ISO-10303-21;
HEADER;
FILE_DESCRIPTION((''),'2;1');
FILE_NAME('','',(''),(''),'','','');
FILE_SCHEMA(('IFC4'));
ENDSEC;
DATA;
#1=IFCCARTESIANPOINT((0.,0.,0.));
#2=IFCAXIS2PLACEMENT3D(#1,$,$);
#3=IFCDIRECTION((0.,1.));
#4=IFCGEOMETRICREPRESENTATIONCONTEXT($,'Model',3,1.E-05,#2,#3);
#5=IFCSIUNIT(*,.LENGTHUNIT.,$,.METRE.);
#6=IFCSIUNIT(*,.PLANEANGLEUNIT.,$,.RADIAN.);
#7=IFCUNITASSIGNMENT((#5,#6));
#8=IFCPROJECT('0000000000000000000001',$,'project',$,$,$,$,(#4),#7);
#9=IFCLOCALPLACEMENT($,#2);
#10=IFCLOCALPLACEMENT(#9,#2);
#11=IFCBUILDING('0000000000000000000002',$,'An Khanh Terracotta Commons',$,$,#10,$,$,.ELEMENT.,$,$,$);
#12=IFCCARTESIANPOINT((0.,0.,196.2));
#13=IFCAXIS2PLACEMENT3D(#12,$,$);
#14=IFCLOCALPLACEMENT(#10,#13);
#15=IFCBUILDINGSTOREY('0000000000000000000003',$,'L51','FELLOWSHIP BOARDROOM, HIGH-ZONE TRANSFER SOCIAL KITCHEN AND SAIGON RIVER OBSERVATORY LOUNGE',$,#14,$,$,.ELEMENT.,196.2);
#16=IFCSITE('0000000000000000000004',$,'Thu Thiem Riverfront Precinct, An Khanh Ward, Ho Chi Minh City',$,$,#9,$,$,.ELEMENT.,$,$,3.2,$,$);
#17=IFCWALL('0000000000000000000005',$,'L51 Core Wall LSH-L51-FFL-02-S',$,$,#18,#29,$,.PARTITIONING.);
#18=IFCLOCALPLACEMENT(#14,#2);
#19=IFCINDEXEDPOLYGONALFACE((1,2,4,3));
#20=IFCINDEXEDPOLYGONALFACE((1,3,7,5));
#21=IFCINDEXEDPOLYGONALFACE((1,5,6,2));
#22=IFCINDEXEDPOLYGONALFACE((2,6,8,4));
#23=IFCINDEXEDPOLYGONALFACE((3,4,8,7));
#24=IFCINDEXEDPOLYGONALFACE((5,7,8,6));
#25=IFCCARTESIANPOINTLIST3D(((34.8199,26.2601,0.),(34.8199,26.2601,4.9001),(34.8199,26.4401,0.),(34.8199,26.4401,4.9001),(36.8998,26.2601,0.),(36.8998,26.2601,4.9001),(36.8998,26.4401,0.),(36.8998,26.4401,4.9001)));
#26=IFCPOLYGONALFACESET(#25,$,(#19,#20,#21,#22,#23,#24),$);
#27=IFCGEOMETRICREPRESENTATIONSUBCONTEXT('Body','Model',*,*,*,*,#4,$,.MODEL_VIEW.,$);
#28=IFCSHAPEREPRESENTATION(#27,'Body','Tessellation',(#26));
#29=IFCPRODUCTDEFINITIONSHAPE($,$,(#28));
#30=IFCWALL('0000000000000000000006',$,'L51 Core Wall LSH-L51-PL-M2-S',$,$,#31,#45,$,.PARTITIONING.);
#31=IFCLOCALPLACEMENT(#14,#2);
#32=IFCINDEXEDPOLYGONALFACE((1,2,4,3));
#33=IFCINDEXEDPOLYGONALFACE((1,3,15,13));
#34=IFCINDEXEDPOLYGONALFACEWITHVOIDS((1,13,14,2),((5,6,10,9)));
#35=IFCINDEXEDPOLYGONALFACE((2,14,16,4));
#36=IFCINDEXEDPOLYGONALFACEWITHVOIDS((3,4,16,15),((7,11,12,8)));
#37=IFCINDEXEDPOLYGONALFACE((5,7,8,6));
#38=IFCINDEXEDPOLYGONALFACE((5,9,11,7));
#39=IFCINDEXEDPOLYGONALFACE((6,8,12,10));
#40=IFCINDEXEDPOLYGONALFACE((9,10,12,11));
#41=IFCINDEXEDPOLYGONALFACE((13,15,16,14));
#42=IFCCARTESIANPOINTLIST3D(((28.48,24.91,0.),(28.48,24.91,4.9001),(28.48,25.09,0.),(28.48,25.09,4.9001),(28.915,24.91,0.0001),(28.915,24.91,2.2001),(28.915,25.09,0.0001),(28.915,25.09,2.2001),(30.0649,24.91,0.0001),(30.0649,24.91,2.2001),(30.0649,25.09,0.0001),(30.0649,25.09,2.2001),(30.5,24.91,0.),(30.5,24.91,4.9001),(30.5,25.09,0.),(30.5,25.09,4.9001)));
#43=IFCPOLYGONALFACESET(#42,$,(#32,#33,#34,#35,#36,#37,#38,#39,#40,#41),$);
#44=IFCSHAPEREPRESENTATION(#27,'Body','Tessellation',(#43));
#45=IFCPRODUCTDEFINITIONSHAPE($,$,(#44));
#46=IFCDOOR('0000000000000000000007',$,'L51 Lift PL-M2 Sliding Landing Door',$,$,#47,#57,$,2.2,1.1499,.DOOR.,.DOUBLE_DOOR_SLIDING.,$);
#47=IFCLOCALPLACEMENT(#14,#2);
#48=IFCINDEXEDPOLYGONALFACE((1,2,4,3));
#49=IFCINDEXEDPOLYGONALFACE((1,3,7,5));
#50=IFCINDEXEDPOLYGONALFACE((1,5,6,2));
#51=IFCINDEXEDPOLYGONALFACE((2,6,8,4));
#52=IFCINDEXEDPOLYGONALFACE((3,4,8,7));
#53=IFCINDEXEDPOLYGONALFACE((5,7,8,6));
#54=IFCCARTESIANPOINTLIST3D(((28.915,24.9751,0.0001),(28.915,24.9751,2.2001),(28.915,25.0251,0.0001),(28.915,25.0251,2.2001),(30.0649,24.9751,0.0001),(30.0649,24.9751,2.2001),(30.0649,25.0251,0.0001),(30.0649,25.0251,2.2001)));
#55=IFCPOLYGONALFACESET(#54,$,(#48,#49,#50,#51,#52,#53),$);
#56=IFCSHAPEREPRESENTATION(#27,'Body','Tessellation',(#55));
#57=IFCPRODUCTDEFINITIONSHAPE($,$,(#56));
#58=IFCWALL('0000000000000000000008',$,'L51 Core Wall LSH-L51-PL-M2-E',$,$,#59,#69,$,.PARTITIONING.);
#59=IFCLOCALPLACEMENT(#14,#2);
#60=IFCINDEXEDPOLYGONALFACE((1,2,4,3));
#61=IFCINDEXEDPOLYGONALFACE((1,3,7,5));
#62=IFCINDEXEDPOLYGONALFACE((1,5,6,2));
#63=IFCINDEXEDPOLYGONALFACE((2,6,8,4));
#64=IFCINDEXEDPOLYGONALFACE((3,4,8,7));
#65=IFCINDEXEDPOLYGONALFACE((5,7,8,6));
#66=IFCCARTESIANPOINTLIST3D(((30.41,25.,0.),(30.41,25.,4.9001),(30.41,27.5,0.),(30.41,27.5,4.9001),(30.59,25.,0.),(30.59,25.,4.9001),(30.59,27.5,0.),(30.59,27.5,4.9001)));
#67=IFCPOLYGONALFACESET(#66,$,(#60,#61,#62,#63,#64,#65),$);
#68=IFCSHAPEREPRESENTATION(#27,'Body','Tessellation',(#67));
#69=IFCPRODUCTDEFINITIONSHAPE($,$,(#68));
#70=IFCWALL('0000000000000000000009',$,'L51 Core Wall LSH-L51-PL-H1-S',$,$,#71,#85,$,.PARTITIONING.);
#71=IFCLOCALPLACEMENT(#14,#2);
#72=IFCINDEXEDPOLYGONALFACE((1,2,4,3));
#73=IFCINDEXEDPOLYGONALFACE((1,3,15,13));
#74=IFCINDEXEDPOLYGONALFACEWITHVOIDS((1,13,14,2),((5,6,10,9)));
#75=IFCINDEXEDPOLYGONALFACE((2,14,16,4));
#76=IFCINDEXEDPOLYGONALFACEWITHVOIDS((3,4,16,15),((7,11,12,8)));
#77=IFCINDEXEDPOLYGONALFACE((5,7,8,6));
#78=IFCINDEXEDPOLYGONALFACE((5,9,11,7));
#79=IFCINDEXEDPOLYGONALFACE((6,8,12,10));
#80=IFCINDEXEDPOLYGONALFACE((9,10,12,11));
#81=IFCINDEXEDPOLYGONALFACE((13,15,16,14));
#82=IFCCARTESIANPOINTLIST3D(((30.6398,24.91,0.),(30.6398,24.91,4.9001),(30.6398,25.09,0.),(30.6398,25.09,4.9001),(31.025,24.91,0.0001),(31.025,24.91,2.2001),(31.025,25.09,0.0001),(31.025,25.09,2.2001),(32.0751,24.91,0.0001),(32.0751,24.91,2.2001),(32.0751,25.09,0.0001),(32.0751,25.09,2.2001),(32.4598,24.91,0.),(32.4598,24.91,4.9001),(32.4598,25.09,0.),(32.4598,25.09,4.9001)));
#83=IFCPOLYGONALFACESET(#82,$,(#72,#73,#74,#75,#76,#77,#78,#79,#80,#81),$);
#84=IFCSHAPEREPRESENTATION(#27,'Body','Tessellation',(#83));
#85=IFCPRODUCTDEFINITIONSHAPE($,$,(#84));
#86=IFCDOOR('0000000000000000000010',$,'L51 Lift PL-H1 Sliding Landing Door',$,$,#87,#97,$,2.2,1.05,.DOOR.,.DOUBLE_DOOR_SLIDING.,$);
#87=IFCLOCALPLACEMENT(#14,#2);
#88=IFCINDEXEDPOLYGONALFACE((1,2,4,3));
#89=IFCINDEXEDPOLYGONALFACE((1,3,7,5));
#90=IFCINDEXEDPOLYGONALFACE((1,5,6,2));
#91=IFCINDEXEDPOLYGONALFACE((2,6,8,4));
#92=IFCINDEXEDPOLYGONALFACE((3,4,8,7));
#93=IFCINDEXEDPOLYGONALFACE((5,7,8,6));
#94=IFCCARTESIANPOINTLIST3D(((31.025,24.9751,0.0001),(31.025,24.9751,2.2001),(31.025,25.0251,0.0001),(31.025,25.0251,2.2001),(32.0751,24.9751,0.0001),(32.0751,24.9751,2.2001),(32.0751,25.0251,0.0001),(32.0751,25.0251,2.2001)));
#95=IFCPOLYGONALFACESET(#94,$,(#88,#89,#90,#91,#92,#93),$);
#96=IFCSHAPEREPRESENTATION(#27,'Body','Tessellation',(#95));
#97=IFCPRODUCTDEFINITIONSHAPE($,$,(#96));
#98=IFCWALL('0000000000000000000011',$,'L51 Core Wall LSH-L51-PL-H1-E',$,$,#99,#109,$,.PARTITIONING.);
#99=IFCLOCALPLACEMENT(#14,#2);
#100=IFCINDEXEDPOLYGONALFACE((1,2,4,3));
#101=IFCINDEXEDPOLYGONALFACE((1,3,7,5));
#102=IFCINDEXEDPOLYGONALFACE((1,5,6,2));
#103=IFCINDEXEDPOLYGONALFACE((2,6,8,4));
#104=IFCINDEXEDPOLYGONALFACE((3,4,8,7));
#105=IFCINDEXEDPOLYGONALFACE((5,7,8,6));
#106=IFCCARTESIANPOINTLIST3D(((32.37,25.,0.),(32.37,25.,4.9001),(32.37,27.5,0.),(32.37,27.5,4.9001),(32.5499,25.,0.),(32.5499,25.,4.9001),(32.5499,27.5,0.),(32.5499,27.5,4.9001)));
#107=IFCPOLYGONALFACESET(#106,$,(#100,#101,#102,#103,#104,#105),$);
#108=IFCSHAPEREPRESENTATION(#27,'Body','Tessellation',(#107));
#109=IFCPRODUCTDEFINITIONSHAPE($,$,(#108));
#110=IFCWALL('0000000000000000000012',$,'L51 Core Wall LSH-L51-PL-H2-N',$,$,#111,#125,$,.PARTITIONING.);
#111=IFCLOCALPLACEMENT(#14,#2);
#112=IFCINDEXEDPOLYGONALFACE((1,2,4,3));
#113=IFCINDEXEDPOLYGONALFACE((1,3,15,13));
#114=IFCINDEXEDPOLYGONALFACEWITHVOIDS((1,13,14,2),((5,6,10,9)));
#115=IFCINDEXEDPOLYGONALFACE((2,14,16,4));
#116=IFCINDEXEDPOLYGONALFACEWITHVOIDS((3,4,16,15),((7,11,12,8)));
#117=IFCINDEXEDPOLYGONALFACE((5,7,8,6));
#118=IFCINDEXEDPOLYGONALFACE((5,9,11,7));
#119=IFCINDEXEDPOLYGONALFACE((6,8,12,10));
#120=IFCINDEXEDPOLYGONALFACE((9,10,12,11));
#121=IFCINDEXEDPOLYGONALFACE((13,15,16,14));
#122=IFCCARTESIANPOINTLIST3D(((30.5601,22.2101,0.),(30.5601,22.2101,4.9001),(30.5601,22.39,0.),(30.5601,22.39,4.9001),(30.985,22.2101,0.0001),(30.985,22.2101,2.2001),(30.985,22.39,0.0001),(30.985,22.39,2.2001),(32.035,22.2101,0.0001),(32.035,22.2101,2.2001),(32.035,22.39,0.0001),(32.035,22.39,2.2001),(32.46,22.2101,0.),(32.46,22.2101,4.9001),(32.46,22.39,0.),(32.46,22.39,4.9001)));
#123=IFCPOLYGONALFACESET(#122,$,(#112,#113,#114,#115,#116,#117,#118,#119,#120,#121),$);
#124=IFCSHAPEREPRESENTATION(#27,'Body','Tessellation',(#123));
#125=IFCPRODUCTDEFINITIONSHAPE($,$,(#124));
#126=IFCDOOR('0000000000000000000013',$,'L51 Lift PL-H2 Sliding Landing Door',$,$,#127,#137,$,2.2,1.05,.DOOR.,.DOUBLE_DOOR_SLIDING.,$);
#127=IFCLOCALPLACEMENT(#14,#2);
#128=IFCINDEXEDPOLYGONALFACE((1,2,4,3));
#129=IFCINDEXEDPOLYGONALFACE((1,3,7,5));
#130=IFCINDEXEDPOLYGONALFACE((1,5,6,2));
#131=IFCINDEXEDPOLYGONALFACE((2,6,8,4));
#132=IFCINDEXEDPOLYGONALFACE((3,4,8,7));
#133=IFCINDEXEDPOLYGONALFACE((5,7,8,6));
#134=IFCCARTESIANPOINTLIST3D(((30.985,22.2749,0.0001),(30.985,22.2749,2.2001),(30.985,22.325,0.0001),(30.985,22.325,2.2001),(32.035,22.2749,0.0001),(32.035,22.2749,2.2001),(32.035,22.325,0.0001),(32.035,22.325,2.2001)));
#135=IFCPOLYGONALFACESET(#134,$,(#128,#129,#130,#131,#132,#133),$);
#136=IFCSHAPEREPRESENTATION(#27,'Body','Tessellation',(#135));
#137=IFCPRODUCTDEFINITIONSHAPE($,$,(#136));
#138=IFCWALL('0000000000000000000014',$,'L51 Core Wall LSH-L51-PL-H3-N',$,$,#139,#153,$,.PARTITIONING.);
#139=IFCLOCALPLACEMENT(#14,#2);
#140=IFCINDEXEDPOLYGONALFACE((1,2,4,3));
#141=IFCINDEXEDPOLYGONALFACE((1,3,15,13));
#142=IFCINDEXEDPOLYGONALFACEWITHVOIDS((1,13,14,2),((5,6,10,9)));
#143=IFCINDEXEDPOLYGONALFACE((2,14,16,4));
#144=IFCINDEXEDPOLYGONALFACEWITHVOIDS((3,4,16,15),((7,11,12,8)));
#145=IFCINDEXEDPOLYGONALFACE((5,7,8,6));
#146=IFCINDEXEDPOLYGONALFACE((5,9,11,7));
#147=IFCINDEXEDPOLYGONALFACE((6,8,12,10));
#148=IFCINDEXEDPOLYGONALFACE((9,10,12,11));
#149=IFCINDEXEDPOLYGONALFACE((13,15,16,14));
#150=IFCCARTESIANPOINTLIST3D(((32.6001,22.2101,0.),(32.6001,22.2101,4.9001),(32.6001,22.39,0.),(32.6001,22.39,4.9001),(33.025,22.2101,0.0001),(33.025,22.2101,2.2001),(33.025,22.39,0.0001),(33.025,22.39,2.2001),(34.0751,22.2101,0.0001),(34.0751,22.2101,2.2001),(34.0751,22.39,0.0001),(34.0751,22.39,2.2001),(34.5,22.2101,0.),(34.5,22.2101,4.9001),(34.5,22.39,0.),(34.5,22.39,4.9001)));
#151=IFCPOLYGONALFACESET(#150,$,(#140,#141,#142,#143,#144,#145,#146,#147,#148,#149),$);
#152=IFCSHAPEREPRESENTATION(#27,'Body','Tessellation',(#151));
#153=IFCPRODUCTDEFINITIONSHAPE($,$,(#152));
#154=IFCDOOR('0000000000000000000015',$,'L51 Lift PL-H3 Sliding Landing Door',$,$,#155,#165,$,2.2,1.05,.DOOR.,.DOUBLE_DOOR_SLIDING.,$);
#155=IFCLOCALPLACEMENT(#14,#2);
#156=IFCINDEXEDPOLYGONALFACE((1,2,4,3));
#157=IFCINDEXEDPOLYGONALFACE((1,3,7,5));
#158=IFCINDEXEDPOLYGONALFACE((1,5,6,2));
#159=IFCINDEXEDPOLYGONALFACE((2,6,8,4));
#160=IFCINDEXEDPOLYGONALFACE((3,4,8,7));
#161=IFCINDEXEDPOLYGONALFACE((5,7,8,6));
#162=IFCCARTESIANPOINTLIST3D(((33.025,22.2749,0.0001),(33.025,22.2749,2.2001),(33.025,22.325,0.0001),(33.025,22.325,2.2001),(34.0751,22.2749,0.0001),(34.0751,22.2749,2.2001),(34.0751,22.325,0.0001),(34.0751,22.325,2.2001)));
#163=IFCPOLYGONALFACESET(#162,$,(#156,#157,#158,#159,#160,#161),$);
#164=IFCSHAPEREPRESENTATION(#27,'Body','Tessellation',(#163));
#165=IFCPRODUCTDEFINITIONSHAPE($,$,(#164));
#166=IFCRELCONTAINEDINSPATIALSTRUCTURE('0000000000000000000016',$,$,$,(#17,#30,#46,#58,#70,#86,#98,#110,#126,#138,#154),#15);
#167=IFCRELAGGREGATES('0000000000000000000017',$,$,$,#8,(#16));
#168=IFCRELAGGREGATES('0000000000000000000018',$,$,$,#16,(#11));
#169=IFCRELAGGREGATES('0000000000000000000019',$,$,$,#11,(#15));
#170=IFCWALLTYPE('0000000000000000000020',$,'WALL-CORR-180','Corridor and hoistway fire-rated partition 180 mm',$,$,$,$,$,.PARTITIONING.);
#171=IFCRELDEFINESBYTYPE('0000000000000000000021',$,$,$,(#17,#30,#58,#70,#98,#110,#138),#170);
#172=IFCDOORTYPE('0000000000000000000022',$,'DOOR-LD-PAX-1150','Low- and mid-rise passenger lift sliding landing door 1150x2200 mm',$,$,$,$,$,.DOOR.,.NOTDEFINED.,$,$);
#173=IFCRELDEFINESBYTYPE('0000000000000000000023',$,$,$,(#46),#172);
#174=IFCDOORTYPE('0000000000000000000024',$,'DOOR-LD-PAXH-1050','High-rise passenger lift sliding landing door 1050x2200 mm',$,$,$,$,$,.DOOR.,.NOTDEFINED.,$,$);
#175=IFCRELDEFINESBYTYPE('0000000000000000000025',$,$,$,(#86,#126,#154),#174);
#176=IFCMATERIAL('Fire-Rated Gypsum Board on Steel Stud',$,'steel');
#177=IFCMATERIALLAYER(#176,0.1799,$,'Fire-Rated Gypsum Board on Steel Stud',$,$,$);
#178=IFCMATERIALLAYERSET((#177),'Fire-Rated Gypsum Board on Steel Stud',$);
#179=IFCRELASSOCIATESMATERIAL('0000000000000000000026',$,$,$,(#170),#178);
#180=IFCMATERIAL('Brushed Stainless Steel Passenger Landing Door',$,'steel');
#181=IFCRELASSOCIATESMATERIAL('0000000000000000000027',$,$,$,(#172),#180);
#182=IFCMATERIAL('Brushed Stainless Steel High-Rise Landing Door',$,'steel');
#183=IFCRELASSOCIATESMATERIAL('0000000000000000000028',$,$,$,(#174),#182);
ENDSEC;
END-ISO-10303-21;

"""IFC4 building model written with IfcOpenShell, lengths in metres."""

from ifc_helpers import new_model, si_unit, direction, frame, frame_2d, origin, place, context, subcontext, project, spatial, rectangle, extrude, material, layer, layer_set, type_object, element, fill, save


model = new_model("IFC4")

# Units and contexts
model_context = context("Model", 3, precision=1e-05, world=origin(), true_north=direction((0.0, 1.0)))
body_context = subcontext(model_context, "Body", "Model", "MODEL_VIEW")
ifc_project = project(units=[si_unit("LENGTHUNIT", "METRE"), si_unit("PLANEANGLEUNIT", "RADIAN")], contexts=[model_context])

# Site, building, storey
site_placement = place(None, origin())
site = spatial("IfcSite", under=ifc_project, at=site_placement, Name="Thu Thiem Riverfront Precinct, An Khanh Ward, Ho Chi Minh City", CompositionType="ELEMENT", RefElevation=3.2)
building_placement = place(site_placement, origin())
building = spatial("IfcBuilding", under=site, at=building_placement, Name="An Khanh Terracotta Commons", CompositionType="ELEMENT")
storey_placement = place(building_placement, frame((0.0, 0.0, 196.2)))
storey = spatial("IfcBuildingStorey", under=building, at=storey_placement, Name="L51", Description="FELLOWSHIP BOARDROOM, HIGH-ZONE TRANSFER SOCIAL KITCHEN AND SAIGON RIVER OBSERVATORY LOUNGE", CompositionType="ELEMENT", Elevation=196.2)

# Wall
ifc_material_1 = material(Name="Fire-Rated Gypsum Board on Steel Stud", Category="steel")
ifc_layer = layer(ifc_material_1, 0.1799, Name="Fire-Rated Gypsum Board on Steel Stud")
ifc_layer_set = layer_set([ifc_layer], Name="Fire-Rated Gypsum Board on Steel Stud")
wall_type = type_object("IfcWallType", Name="WALL-CORR-180", Description="Corridor and hoistway fire-rated partition 180 mm", PredefinedType="PARTITIONING", material=ifc_layer_set)
wall_1_placement = place(storey_placement, frame((36.8999, 26.3501, 0.0), z_axis=(0.0, 0.0, 1.0), x_axis=(-1.0, 0.0, 0.0)))
element("IfcWall", 1, at=wall_1_placement, inside=storey, type_object=wall_type, Name="L51 Core Wall LSH-L51-FFL-02-S", PredefinedType="PARTITIONING", context=body_context, shape_type="SweptSolid", body=[
    extrude(rectangle(XDim=2.0798, YDim=0.1799, at=frame_2d((1.04, 0.0))), origin(), (0.0, 0.0, 1.0), 4.9001),
])

# Wall, opening, door
wall_2_placement = place(storey_placement, frame((30.5, 25.0, 0.0), z_axis=(0.0, 0.0, 1.0), x_axis=(-1.0, 0.0, 0.0)))
wall_2 = element("IfcWall", 2, at=wall_2_placement, inside=storey, type_object=wall_type, Name="L51 Core Wall LSH-L51-PL-M2-S", PredefinedType="PARTITIONING", context=body_context, shape_type="SweptSolid", body=[
    extrude(rectangle(XDim=2.02, YDim=0.1799, at=frame_2d((1.01, 0.0))), origin(), (0.0, 0.0, 1.0), 4.9001),
])
opening_1_placement = place(wall_2_placement, frame((0.4351, 0.0, 0.0)))
opening_1 = element("IfcOpeningElement", 3, at=opening_1_placement, cuts=wall_2, PredefinedType="OPENING", context=body_context, shape_type="SweptSolid", body=[
    extrude(rectangle(XDim=1.1499, YDim=2.2, at=frame_2d((0.575, 1.1001))), frame((0.0, 0.0999, 0.0), z_axis=(0.0, -1.0, 0.0), x_axis=(1.0, 0.0, 0.0)), (0.0, 0.0, 1.0), 0.2),
])
ifc_material_2 = material(Name="Brushed Stainless Steel Passenger Landing Door", Category="steel")
door_type_1 = type_object("IfcDoorType", Name="DOOR-LD-PAX-1150", Description="Low- and mid-rise passenger lift sliding landing door 1150x2200 mm", OperationType="NOTDEFINED", PredefinedType="DOOR", material=ifc_material_2)
door_1_placement = place(opening_1_placement, origin())
door_1 = element("IfcDoor", 4, at=door_1_placement, inside=storey, type_object=door_type_1, Name="L51 Lift PL-M2 Sliding Landing Door", OperationType="DOUBLE_DOOR_SLIDING", OverallHeight=2.2, OverallWidth=1.1499, PredefinedType="DOOR", context=body_context, shape_type="SweptSolid", body=[
    extrude(rectangle(XDim=1.1499, YDim=2.2, at=frame_2d((0.575, 1.1001))), frame((0.0, 0.0249, 0.0), z_axis=(0.0, -1.0, 0.0), x_axis=(1.0, 0.0, 0.0)), (0.0, 0.0, 1.0), 0.05),
])
fill(opening_1, door_1)

# Wall
wall_3_placement = place(storey_placement, frame((30.5, 25.0, 0.0), z_axis=(0.0, 0.0, 1.0), x_axis=(0.0, 1.0, 0.0)))
element("IfcWall", 5, at=wall_3_placement, inside=storey, type_object=wall_type, Name="L51 Core Wall LSH-L51-PL-M2-E", PredefinedType="PARTITIONING", context=body_context, shape_type="SweptSolid", body=[
    extrude(rectangle(XDim=2.5, YDim=0.1799, at=frame_2d((1.25, 0.0))), origin(), (0.0, 0.0, 1.0), 4.9001),
])

# Wall, opening, door
wall_4_placement = place(storey_placement, frame((32.46, 25.0, 0.0), z_axis=(0.0, 0.0, 1.0), x_axis=(-1.0, 0.0, 0.0)))
wall_4 = element("IfcWall", 6, at=wall_4_placement, inside=storey, type_object=wall_type, Name="L51 Core Wall LSH-L51-PL-H1-S", PredefinedType="PARTITIONING", context=body_context, shape_type="SweptSolid", body=[
    extrude(rectangle(XDim=1.8201, YDim=0.1799, at=frame_2d((0.9102, 0.0))), origin(), (0.0, 0.0, 1.0), 4.9001),
])
opening_2_placement = place(wall_4_placement, frame((0.385, 0.0, 0.0)))
opening_2 = element("IfcOpeningElement", 7, at=opening_2_placement, cuts=wall_4, PredefinedType="OPENING", context=body_context, shape_type="SweptSolid", body=[
    extrude(rectangle(XDim=1.05, YDim=2.2, at=frame_2d((0.5249, 1.1001))), frame((0.0, 0.0999, 0.0), z_axis=(0.0, -1.0, 0.0), x_axis=(1.0, 0.0, 0.0)), (0.0, 0.0, 1.0), 0.2),
])
ifc_material_3 = material(Name="Brushed Stainless Steel High-Rise Landing Door", Category="steel")
door_type_2 = type_object("IfcDoorType", Name="DOOR-LD-PAXH-1050", Description="High-rise passenger lift sliding landing door 1050x2200 mm", OperationType="NOTDEFINED", PredefinedType="DOOR", material=ifc_material_3)
door_2_placement = place(opening_2_placement, origin())
door_2 = element("IfcDoor", 8, at=door_2_placement, inside=storey, type_object=door_type_2, Name="L51 Lift PL-H1 Sliding Landing Door", OperationType="DOUBLE_DOOR_SLIDING", OverallHeight=2.2, OverallWidth=1.05, PredefinedType="DOOR", context=body_context, shape_type="SweptSolid", body=[
    extrude(rectangle(XDim=1.05, YDim=2.2, at=frame_2d((0.5249, 1.1001))), frame((0.0, 0.0249, 0.0), z_axis=(0.0, -1.0, 0.0), x_axis=(1.0, 0.0, 0.0)), (0.0, 0.0, 1.0), 0.05),
])
fill(opening_2, door_2)

# Wall
wall_5_placement = place(storey_placement, frame((32.46, 25.0, 0.0), z_axis=(0.0, 0.0, 1.0), x_axis=(0.0, 1.0, 0.0)))
element("IfcWall", 9, at=wall_5_placement, inside=storey, type_object=wall_type, Name="L51 Core Wall LSH-L51-PL-H1-E", PredefinedType="PARTITIONING", context=body_context, shape_type="SweptSolid", body=[
    extrude(rectangle(XDim=2.5, YDim=0.1799, at=frame_2d((1.25, 0.0))), origin(), (0.0, 0.0, 1.0), 4.9001),
])

# Walls, openings, doors
wall_6_placement = place(storey_placement, frame((30.5601, 22.3, 0.0), z_axis=(0.0, 0.0, 1.0), x_axis=(1.0, 0.0, 0.0)))
wall_6 = element("IfcWall", 10, at=wall_6_placement, inside=storey, type_object=wall_type, Name="L51 Core Wall LSH-L51-PL-H2-N", PredefinedType="PARTITIONING", context=body_context, shape_type="SweptSolid", body=[
    extrude(rectangle(XDim=1.8999, YDim=0.1799, at=frame_2d((0.95, 0.0))), origin(), (0.0, 0.0, 1.0), 4.9001),
])
opening_3_placement = place(wall_6_placement, frame((0.425, 0.0, 0.0)))
opening_3 = element("IfcOpeningElement", 11, at=opening_3_placement, cuts=wall_6, PredefinedType="OPENING", context=body_context, shape_type="SweptSolid", body=[
    extrude(rectangle(XDim=1.05, YDim=2.2, at=frame_2d((0.5249, 1.1001))), frame((0.0, 0.0999, 0.0), z_axis=(0.0, -1.0, 0.0), x_axis=(1.0, 0.0, 0.0)), (0.0, 0.0, 1.0), 0.2),
])
door_3_placement = place(opening_3_placement, origin())
door_3 = element("IfcDoor", 12, at=door_3_placement, inside=storey, type_object=door_type_2, Name="L51 Lift PL-H2 Sliding Landing Door", OperationType="DOUBLE_DOOR_SLIDING", OverallHeight=2.2, OverallWidth=1.05, PredefinedType="DOOR", context=body_context, shape_type="SweptSolid", body=[
    extrude(rectangle(XDim=1.05, YDim=2.2, at=frame_2d((0.5249, 1.1001))), frame((0.0, 0.0249, 0.0), z_axis=(0.0, -1.0, 0.0), x_axis=(1.0, 0.0, 0.0)), (0.0, 0.0, 1.0), 0.05),
])
fill(opening_3, door_3)
wall_7_placement = place(storey_placement, frame((32.6001, 22.3, 0.0), z_axis=(0.0, 0.0, 1.0), x_axis=(1.0, 0.0, 0.0)))
wall_7 = element("IfcWall", 13, at=wall_7_placement, inside=storey, type_object=wall_type, Name="L51 Core Wall LSH-L51-PL-H3-N", PredefinedType="PARTITIONING", context=body_context, shape_type="SweptSolid", body=[
    extrude(rectangle(XDim=1.8999, YDim=0.1799, at=frame_2d((0.95, 0.0))), origin(), (0.0, 0.0, 1.0), 4.9001),
])
opening_4_placement = place(wall_7_placement, frame((0.425, 0.0, 0.0)))
opening_4 = element("IfcOpeningElement", 14, at=opening_4_placement, cuts=wall_7, PredefinedType="OPENING", context=body_context, shape_type="SweptSolid", body=[
    extrude(rectangle(XDim=1.05, YDim=2.2, at=frame_2d((0.5249, 1.1001))), frame((0.0, 0.0999, 0.0), z_axis=(0.0, -1.0, 0.0), x_axis=(1.0, 0.0, 0.0)), (0.0, 0.0, 1.0), 0.2),
])
door_4_placement = place(opening_4_placement, origin())
door_4 = element("IfcDoor", 15, at=door_4_placement, inside=storey, type_object=door_type_2, Name="L51 Lift PL-H3 Sliding Landing Door", OperationType="DOUBLE_DOOR_SLIDING", OverallHeight=2.2, OverallWidth=1.05, PredefinedType="DOOR", context=body_context, shape_type="SweptSolid", body=[
    extrude(rectangle(XDim=1.05, YDim=2.2, at=frame_2d((0.5249, 1.1001))), frame((0.0, 0.0249, 0.0), z_axis=(0.0, -1.0, 0.0), x_axis=(1.0, 0.0, 0.0)), (0.0, 0.0, 1.0), 0.05),
])
fill(opening_4, door_4)

save(model, "model.ifc")
